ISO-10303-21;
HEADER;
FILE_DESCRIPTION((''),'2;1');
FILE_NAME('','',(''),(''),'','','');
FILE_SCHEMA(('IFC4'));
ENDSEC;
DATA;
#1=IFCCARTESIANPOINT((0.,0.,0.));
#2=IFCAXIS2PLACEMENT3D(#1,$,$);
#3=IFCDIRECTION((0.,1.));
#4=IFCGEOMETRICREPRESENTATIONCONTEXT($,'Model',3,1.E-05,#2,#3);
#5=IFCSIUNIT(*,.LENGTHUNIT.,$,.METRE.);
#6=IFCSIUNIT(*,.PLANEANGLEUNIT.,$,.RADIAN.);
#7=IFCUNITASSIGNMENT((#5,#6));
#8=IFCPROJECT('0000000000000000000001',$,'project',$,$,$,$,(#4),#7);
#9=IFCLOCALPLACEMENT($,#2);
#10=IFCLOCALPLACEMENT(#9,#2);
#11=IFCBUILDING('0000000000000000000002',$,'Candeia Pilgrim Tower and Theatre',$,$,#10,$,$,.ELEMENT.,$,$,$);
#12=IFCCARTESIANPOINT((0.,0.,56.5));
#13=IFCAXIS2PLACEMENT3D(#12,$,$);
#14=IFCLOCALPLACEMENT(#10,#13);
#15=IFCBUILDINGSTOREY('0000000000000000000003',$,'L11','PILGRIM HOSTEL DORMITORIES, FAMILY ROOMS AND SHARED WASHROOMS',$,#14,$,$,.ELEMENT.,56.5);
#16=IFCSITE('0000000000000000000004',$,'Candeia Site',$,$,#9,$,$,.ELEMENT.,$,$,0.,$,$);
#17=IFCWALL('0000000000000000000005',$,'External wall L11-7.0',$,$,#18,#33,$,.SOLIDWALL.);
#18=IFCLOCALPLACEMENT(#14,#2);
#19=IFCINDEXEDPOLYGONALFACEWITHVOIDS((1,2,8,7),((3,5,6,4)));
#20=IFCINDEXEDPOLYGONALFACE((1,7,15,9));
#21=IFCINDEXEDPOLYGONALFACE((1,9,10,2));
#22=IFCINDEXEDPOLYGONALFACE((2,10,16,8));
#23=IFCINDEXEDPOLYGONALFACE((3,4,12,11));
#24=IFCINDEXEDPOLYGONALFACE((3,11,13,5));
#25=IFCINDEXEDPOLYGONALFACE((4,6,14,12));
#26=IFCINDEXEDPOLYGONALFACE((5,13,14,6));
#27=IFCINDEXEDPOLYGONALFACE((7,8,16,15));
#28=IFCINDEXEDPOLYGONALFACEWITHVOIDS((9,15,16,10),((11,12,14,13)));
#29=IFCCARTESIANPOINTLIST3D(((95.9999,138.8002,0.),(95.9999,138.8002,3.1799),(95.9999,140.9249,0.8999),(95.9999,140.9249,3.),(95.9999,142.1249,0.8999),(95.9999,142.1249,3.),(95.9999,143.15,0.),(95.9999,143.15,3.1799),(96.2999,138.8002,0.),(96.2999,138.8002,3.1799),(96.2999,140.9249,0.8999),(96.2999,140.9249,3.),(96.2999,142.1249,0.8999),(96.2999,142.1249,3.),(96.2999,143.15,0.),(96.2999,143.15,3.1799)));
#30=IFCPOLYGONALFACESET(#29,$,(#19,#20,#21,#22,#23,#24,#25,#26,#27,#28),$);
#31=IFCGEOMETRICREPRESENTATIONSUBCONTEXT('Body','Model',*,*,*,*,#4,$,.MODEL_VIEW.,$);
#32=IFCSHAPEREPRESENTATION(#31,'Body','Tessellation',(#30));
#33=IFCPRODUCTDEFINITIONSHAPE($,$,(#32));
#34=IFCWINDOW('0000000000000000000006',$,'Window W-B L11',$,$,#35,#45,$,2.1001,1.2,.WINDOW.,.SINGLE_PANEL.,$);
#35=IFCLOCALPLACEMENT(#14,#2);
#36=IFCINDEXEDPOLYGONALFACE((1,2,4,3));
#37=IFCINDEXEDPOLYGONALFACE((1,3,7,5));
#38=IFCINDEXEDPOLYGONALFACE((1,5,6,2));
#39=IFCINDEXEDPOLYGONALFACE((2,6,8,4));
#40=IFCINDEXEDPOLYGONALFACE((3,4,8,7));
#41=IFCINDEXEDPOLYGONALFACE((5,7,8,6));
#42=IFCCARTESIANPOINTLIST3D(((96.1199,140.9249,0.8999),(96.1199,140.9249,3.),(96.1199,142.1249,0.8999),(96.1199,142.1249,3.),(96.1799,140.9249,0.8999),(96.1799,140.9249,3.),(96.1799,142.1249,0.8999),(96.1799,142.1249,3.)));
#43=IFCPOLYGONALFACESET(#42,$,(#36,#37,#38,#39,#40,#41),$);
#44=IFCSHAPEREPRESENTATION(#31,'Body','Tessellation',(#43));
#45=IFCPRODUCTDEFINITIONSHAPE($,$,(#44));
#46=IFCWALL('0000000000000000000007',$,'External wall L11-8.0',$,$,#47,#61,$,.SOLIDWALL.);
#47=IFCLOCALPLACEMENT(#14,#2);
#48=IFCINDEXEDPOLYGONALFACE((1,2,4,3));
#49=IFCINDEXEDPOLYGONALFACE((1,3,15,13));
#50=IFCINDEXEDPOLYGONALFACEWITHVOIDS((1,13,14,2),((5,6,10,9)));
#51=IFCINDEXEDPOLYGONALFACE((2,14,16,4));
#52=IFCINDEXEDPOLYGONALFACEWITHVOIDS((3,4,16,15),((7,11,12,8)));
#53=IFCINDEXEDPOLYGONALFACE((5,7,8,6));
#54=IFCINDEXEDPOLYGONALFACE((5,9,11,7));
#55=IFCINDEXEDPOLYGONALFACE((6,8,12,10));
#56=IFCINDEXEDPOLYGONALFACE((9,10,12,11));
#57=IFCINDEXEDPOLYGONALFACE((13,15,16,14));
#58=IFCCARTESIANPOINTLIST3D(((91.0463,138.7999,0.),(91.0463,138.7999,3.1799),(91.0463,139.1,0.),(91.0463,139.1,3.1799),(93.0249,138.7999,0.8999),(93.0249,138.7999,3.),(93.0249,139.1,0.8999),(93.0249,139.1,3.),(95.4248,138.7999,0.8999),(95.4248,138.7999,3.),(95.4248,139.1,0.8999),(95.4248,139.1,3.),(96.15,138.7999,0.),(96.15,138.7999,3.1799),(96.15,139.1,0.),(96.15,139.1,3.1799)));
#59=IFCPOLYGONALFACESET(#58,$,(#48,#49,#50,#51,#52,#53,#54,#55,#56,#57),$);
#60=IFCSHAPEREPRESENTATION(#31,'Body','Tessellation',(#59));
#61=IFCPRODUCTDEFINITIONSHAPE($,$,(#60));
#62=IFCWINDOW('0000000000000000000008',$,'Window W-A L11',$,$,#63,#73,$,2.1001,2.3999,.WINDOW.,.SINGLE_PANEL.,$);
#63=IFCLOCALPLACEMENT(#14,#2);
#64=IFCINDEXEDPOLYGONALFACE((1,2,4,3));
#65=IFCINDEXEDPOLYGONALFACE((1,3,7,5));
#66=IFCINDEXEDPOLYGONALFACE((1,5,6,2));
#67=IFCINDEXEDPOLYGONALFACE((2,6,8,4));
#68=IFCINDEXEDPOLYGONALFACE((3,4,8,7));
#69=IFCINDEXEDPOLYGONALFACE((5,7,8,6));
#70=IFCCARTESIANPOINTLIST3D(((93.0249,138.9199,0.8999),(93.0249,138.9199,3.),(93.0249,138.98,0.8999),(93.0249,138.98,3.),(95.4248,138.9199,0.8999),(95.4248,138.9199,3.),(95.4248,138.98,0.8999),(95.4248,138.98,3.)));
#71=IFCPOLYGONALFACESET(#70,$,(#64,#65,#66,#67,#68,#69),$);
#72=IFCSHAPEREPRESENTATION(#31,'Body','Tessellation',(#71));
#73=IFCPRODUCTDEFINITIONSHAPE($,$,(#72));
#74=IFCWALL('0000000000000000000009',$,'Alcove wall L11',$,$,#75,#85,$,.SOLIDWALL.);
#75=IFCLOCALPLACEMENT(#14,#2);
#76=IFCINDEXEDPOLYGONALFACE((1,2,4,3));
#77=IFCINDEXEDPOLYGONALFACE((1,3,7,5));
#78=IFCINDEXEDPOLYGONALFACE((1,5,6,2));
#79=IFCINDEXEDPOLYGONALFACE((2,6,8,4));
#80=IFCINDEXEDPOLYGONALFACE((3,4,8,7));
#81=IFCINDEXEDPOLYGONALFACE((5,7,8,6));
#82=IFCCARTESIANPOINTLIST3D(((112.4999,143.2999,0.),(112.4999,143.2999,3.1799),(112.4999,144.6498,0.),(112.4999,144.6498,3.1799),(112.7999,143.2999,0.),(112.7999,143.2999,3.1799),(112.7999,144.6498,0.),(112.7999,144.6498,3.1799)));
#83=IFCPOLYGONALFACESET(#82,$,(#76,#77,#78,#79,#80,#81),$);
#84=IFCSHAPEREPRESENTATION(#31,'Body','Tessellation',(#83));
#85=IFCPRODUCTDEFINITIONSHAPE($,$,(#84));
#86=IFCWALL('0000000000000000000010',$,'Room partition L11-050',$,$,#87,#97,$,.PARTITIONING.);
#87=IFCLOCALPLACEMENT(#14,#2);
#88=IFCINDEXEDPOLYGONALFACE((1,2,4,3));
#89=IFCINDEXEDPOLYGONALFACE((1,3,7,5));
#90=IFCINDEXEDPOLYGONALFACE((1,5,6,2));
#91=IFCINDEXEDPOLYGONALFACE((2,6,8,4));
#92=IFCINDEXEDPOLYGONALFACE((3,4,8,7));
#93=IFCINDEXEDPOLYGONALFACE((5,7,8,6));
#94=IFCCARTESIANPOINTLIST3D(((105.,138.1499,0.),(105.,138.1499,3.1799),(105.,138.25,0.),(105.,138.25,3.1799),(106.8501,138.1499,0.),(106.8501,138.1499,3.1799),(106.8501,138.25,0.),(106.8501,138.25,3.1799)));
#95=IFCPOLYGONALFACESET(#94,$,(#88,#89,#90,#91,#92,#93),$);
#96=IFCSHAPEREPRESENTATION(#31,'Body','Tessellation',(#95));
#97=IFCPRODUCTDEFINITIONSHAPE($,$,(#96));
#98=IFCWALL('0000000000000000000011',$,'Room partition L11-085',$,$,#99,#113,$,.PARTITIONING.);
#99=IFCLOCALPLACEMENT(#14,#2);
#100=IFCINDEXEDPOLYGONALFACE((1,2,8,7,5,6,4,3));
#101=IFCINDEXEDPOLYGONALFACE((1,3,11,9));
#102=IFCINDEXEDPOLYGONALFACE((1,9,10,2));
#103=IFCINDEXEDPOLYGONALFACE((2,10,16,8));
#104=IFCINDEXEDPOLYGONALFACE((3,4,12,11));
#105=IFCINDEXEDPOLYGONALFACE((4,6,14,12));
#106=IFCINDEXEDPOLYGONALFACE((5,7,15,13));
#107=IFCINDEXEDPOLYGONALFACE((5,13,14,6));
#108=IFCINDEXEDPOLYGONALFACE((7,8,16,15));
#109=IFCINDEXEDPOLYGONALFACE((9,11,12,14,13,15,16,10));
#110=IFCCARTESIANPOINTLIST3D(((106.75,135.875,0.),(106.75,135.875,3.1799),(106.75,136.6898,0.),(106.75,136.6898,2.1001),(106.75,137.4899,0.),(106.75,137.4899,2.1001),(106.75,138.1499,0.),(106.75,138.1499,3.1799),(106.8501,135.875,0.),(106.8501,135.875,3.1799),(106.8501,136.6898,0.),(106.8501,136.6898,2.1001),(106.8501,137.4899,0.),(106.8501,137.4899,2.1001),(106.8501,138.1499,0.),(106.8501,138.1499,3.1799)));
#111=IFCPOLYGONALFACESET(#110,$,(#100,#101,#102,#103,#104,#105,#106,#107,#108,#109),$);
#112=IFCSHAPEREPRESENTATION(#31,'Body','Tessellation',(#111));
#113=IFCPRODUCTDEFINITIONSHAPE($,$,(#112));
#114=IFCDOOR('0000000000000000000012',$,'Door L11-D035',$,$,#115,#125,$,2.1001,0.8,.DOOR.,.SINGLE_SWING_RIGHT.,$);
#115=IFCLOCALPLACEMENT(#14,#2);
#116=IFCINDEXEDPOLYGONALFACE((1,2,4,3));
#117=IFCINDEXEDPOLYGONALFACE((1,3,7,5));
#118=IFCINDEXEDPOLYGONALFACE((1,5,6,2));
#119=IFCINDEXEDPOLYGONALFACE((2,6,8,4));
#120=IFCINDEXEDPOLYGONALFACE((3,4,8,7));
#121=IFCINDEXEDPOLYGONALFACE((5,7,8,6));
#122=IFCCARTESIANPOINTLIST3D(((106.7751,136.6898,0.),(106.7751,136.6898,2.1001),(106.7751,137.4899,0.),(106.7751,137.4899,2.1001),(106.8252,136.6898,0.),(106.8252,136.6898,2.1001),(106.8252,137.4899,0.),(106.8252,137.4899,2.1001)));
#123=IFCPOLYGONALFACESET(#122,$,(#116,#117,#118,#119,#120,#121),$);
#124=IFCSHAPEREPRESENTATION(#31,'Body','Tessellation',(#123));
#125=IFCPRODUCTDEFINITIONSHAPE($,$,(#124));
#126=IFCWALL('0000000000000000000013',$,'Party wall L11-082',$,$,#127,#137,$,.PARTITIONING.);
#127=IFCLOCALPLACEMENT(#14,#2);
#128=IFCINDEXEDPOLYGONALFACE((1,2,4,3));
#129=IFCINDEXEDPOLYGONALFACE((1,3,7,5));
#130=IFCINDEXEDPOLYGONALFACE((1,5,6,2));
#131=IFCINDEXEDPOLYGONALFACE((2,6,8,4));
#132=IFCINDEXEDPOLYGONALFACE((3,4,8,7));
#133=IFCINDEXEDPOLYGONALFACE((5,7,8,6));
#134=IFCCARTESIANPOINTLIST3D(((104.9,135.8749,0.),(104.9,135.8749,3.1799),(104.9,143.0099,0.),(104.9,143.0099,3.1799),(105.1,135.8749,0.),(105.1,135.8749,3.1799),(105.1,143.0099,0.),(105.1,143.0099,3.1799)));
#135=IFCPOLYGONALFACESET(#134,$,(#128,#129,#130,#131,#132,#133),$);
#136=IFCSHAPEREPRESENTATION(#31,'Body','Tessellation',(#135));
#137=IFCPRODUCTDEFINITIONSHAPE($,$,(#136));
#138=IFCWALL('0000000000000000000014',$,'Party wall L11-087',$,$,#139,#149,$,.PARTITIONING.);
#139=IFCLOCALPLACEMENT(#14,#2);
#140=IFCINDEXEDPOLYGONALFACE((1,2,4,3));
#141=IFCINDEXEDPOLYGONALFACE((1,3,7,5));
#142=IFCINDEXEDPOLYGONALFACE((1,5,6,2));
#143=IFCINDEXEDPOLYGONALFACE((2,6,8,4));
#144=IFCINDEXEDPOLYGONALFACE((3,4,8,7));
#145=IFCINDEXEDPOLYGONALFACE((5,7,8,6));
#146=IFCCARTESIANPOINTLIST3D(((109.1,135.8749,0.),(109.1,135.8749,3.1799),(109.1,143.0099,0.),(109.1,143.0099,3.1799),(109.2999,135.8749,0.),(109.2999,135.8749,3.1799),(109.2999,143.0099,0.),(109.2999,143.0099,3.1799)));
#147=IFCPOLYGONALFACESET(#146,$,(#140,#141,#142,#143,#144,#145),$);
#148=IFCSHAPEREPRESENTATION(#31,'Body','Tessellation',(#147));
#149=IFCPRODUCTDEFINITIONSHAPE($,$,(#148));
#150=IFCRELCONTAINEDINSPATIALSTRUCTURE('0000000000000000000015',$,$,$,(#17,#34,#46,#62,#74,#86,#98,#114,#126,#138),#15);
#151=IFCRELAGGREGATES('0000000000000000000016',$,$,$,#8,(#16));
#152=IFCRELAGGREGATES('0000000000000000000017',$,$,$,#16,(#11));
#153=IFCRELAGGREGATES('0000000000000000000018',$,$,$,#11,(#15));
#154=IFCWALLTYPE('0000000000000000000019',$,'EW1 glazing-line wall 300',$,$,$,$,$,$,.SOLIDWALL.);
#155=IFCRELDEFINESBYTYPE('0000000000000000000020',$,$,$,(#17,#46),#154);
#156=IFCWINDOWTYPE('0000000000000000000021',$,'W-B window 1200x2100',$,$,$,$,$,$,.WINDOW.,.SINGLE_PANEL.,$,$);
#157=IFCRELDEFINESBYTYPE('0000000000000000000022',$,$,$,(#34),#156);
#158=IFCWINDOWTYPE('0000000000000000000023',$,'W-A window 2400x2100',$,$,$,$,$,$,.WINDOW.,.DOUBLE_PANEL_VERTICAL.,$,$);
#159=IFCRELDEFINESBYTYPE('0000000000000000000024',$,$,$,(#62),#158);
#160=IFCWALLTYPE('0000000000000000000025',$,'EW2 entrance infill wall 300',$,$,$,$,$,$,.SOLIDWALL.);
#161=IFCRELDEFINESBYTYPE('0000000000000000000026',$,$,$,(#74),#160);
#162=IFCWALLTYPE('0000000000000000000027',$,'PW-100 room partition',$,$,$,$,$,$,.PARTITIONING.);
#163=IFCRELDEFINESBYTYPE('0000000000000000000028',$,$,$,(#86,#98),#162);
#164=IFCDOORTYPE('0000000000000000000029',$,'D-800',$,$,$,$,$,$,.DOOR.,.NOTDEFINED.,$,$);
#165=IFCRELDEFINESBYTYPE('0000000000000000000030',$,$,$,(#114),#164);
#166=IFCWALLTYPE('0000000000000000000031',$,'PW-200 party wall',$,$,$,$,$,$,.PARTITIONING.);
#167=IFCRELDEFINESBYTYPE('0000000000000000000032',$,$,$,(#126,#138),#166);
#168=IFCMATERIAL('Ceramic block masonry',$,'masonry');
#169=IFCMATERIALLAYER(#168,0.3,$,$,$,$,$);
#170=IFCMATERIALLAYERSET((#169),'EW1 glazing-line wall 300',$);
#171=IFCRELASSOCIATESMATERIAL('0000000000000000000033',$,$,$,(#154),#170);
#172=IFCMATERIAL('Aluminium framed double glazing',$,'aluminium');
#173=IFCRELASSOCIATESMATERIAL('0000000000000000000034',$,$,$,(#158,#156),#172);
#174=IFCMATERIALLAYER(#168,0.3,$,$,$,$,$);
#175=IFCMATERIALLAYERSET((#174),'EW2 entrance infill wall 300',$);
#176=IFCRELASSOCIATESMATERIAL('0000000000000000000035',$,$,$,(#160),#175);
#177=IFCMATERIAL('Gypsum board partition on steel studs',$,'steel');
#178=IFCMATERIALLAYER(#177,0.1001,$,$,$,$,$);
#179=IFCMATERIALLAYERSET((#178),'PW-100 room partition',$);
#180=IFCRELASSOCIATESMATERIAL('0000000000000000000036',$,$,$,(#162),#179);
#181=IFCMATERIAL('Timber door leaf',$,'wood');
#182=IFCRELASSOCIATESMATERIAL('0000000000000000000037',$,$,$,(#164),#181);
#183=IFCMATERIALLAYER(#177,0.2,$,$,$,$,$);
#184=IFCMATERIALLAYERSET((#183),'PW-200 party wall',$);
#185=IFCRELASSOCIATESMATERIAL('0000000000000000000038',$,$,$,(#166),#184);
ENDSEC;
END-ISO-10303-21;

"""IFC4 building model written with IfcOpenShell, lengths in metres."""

from ifc_helpers import new_model, si_unit, direction, frame, frame_2d, origin, place, context, subcontext, project, spatial, rectangle, extrude, material, layer, layer_set, type_object, element, fill, save


model = new_model("IFC4")

# Units and contexts
model_context = context("Model", 3, precision=1e-05, world=origin(), true_north=direction((0.0, 1.0)))
body_context = subcontext(model_context, "Body", "Model", "MODEL_VIEW")
ifc_project = project(units=[si_unit("LENGTHUNIT", "METRE"), si_unit("PLANEANGLEUNIT", "RADIAN")], contexts=[model_context])

# Site, building, storey
site_placement = place(None, origin())
site = spatial("IfcSite", under=ifc_project, at=site_placement, Name="Candeia Site", CompositionType="ELEMENT", RefElevation=0.0)
building_placement = place(site_placement, origin())
building = spatial("IfcBuilding", under=site, at=building_placement, Name="Candeia Pilgrim Tower and Theatre", CompositionType="ELEMENT")
storey_placement = place(building_placement, frame((0.0, 0.0, 56.5)))
storey = spatial("IfcBuildingStorey", under=building, at=storey_placement, Name="L11", Description="PILGRIM HOSTEL DORMITORIES, FAMILY ROOMS AND SHARED WASHROOMS", CompositionType="ELEMENT", Elevation=56.5)

# Shared definitions
ifc_material_1 = material(Name="Ceramic block masonry", Category="masonry")
ifc_layer_1 = layer(ifc_material_1, 0.3)
ifc_layer_set_1 = layer_set([ifc_layer_1], Name="EW1 glazing-line wall 300")
wall_type_1 = type_object("IfcWallType", Name="EW1 glazing-line wall 300", PredefinedType="SOLIDWALL", material=ifc_layer_set_1)
ifc_material_2 = material(Name="Aluminium framed double glazing", Category="aluminium")
window_type_1 = type_object("IfcWindowType", Name="W-A window 2400x2100", PartitioningType="DOUBLE_PANEL_VERTICAL", PredefinedType="WINDOW", material=ifc_material_2)
window_type_2 = type_object("IfcWindowType", Name="W-B window 1200x2100", PartitioningType="SINGLE_PANEL", PredefinedType="WINDOW", material=ifc_material_2)

# Walls, openings, windows
wall_1_placement = place(storey_placement, frame((96.1499, 143.1499, 0.0), z_axis=(0.0, 0.0, 1.0), x_axis=(0.0, -1.0, 0.0)))
wall_1 = element("IfcWall", 1, at=wall_1_placement, inside=storey, type_object=wall_type_1, Name="External wall L11-7.0", PredefinedType="SOLIDWALL", context=body_context, shape_type="SweptSolid", body=[
    extrude(rectangle(XDim=4.3499, YDim=0.3, at=frame_2d((2.1748, 0.0))), origin(), (0.0, 0.0, 1.0), 3.1799),
])
opening_1_placement = place(wall_1_placement, frame((1.0249, 0.0, 0.8999)))
opening_1 = element("IfcOpeningElement", 2, at=opening_1_placement, cuts=wall_1, PredefinedType="OPENING", context=body_context, shape_type="SweptSolid", body=[
    extrude(rectangle(XDim=1.2, YDim=2.1001, at=frame_2d((0.6001, 1.05))), frame((0.0, 0.1602, 0.0), z_axis=(0.0, -1.0, 0.0), x_axis=(1.0, 0.0, 0.0)), (0.0, 0.0, 1.0), 0.3201),
])
window_1_placement = place(opening_1_placement, origin())
window_1 = element("IfcWindow", 3, at=window_1_placement, inside=storey, type_object=window_type_2, Name="Window W-B L11", OverallHeight=2.1001, OverallWidth=1.2, PartitioningType="SINGLE_PANEL", PredefinedType="WINDOW", context=body_context, shape_type="SweptSolid", body=[
    extrude(rectangle(XDim=1.2, YDim=2.1001, at=frame_2d((0.6001, 1.05))), frame((0.0, 0.03, 0.0), z_axis=(0.0, -1.0, 0.0), x_axis=(1.0, 0.0, 0.0)), (0.0, 0.0, 1.0), 0.0601),
])
fill(opening_1, window_1)
wall_2_placement = place(storey_placement, frame((96.1499, 138.95, 0.0), z_axis=(0.0, 0.0, 1.0), x_axis=(-1.0, 0.0, 0.0)))
wall_2 = element("IfcWall", 4, at=wall_2_placement, inside=storey, type_object=wall_type_1, Name="External wall L11-8.0", PredefinedType="SOLIDWALL", context=body_context, shape_type="SweptSolid", body=[
    extrude(rectangle(XDim=5.1038, YDim=0.3, at=frame_2d((2.5518, 0.0))), origin(), (0.0, 0.0, 1.0), 3.1799),
])
opening_2_placement = place(wall_2_placement, frame((0.7251, 0.0, 0.8999)))
opening_2 = element("IfcOpeningElement", 5, at=opening_2_placement, cuts=wall_2, PredefinedType="OPENING", context=body_context, shape_type="SweptSolid", body=[
    extrude(rectangle(XDim=2.3999, YDim=2.1001, at=frame_2d((1.2, 1.05))), frame((0.0, 0.1602, 0.0), z_axis=(0.0, -1.0, 0.0), x_axis=(1.0, 0.0, 0.0)), (0.0, 0.0, 1.0), 0.3201),
])
window_2_placement = place(opening_2_placement, origin())
window_2 = element("IfcWindow", 6, at=window_2_placement, inside=storey, type_object=window_type_1, Name="Window W-A L11", OverallHeight=2.1001, OverallWidth=2.3999, PartitioningType="SINGLE_PANEL", PredefinedType="WINDOW", context=body_context, shape_type="SweptSolid", body=[
    extrude(rectangle(XDim=2.3999, YDim=2.1001, at=frame_2d((1.2, 1.05))), frame((0.0, 0.03, 0.0), z_axis=(0.0, -1.0, 0.0), x_axis=(1.0, 0.0, 0.0)), (0.0, 0.0, 1.0), 0.0601),
])
fill(opening_2, window_2)

# Walls
ifc_layer_2 = layer(ifc_material_1, 0.3)
ifc_layer_set_2 = layer_set([ifc_layer_2], Name="EW2 entrance infill wall 300")
wall_type_2 = type_object("IfcWallType", Name="EW2 entrance infill wall 300", PredefinedType="SOLIDWALL", material=ifc_layer_set_2)
wall_3_placement = place(storey_placement, frame((112.6499, 143.3, 0.0), z_axis=(0.0, 0.0, 1.0), x_axis=(0.0, 1.0, 0.0)))
element("IfcWall", 7, at=wall_3_placement, inside=storey, type_object=wall_type_2, Name="Alcove wall L11", PredefinedType="SOLIDWALL", context=body_context, shape_type="SweptSolid", body=[
    extrude(rectangle(XDim=1.3499, YDim=0.3, at=frame_2d((0.6748, 0.0))), origin(), (0.0, 0.0, 1.0), 3.1799),
])
ifc_material_3 = material(Name="Gypsum board partition on steel studs", Category="steel")
ifc_layer_3 = layer(ifc_material_3, 0.1001)
ifc_layer_set_3 = layer_set([ifc_layer_3], Name="PW-100 room partition")
wall_type_3 = type_object("IfcWallType", Name="PW-100 room partition", PredefinedType="PARTITIONING", material=ifc_layer_set_3)
wall_4_placement = place(storey_placement, frame((105.0, 138.2, 0.0), z_axis=(0.0, 0.0, 1.0), x_axis=(1.0, 0.0, 0.0)))
element("IfcWall", 8, at=wall_4_placement, inside=storey, type_object=wall_type_3, Name="Room partition L11-050", PredefinedType="PARTITIONING", context=body_context, shape_type="SweptSolid", body=[
    extrude(rectangle(XDim=1.8501, YDim=0.1001, at=frame_2d((0.925, 0.0))), origin(), (0.0, 0.0, 1.0), 3.1799),
])

# Wall, opening, door
wall_5_placement = place(storey_placement, frame((106.8, 135.875, 0.0), z_axis=(0.0, 0.0, 1.0), x_axis=(0.0, 1.0, 0.0)))
wall_5 = element("IfcWall", 9, at=wall_5_placement, inside=storey, type_object=wall_type_3, Name="Room partition L11-085", PredefinedType="PARTITIONING", context=body_context, shape_type="SweptSolid", body=[
    extrude(rectangle(XDim=2.2749, YDim=0.1001, at=frame_2d((1.1375, 0.0))), origin(), (0.0, 0.0, 1.0), 3.1799),
])
opening_3_placement = place(wall_5_placement, frame((0.8149, 0.0, 0.0)))
opening_3 = element("IfcOpeningElement", 10, at=opening_3_placement, cuts=wall_5, PredefinedType="OPENING", context=body_context, shape_type="SweptSolid", body=[
    extrude(rectangle(XDim=0.8, YDim=2.1001, at=frame_2d((0.3999, 1.05))), frame((0.0, 0.0601, 0.0), z_axis=(0.0, -1.0, 0.0), x_axis=(1.0, 0.0, 0.0)), (0.0, 0.0, 1.0), 0.1201),
])
ifc_material_4 = material(Name="Timber door leaf", Category="wood")
door_type_1 = type_object("IfcDoorType", Name="D-800", OperationType="NOTDEFINED", PredefinedType="DOOR", material=ifc_material_4)
door_1_placement = place(opening_3_placement, origin())
door_1 = element("IfcDoor", 11, at=door_1_placement, inside=storey, type_object=door_type_1, Name="Door L11-D035", OperationType="SINGLE_SWING_RIGHT", OverallHeight=2.1001, OverallWidth=0.8, PredefinedType="DOOR", context=body_context, shape_type="SweptSolid", body=[
    extrude(rectangle(XDim=0.8, YDim=2.1001, at=frame_2d((0.3999, 1.05))), frame((0.0, 0.0249, 0.0), z_axis=(0.0, -1.0, 0.0), x_axis=(1.0, 0.0, 0.0)), (0.0, 0.0, 1.0), 0.05),
])
fill(opening_3, door_1)

# Walls
ifc_layer_4 = layer(ifc_material_3, 0.2)
ifc_layer_set_4 = layer_set([ifc_layer_4], Name="PW-200 party wall")
wall_type_4 = type_object("IfcWallType", Name="PW-200 party wall", PredefinedType="PARTITIONING", material=ifc_layer_set_4)
for number, where, z_axis, x_axis, name in (
    (12, (105.0, 135.875, 0.0), (0.0, 0.0, 1.0), (0.0, 1.0, 0.0), "Party wall L11-082"),
    (13, (109.2, 135.875, 0.0), (0.0, 0.0, 1.0), (0.0, 1.0, 0.0), "Party wall L11-087"),
):
    element("IfcWall", number, at=place(storey_placement, frame(where, z_axis=z_axis, x_axis=x_axis)), inside=storey, type_object=wall_type_4, Name=name, PredefinedType="PARTITIONING", context=body_context, shape_type="SweptSolid", body=[
        extrude(rectangle(XDim=7.135, YDim=0.2, at=frame_2d((3.5674, 0.0))), origin(), (0.0, 0.0, 1.0), 3.1799),
    ])

save(model, "model.ifc")
